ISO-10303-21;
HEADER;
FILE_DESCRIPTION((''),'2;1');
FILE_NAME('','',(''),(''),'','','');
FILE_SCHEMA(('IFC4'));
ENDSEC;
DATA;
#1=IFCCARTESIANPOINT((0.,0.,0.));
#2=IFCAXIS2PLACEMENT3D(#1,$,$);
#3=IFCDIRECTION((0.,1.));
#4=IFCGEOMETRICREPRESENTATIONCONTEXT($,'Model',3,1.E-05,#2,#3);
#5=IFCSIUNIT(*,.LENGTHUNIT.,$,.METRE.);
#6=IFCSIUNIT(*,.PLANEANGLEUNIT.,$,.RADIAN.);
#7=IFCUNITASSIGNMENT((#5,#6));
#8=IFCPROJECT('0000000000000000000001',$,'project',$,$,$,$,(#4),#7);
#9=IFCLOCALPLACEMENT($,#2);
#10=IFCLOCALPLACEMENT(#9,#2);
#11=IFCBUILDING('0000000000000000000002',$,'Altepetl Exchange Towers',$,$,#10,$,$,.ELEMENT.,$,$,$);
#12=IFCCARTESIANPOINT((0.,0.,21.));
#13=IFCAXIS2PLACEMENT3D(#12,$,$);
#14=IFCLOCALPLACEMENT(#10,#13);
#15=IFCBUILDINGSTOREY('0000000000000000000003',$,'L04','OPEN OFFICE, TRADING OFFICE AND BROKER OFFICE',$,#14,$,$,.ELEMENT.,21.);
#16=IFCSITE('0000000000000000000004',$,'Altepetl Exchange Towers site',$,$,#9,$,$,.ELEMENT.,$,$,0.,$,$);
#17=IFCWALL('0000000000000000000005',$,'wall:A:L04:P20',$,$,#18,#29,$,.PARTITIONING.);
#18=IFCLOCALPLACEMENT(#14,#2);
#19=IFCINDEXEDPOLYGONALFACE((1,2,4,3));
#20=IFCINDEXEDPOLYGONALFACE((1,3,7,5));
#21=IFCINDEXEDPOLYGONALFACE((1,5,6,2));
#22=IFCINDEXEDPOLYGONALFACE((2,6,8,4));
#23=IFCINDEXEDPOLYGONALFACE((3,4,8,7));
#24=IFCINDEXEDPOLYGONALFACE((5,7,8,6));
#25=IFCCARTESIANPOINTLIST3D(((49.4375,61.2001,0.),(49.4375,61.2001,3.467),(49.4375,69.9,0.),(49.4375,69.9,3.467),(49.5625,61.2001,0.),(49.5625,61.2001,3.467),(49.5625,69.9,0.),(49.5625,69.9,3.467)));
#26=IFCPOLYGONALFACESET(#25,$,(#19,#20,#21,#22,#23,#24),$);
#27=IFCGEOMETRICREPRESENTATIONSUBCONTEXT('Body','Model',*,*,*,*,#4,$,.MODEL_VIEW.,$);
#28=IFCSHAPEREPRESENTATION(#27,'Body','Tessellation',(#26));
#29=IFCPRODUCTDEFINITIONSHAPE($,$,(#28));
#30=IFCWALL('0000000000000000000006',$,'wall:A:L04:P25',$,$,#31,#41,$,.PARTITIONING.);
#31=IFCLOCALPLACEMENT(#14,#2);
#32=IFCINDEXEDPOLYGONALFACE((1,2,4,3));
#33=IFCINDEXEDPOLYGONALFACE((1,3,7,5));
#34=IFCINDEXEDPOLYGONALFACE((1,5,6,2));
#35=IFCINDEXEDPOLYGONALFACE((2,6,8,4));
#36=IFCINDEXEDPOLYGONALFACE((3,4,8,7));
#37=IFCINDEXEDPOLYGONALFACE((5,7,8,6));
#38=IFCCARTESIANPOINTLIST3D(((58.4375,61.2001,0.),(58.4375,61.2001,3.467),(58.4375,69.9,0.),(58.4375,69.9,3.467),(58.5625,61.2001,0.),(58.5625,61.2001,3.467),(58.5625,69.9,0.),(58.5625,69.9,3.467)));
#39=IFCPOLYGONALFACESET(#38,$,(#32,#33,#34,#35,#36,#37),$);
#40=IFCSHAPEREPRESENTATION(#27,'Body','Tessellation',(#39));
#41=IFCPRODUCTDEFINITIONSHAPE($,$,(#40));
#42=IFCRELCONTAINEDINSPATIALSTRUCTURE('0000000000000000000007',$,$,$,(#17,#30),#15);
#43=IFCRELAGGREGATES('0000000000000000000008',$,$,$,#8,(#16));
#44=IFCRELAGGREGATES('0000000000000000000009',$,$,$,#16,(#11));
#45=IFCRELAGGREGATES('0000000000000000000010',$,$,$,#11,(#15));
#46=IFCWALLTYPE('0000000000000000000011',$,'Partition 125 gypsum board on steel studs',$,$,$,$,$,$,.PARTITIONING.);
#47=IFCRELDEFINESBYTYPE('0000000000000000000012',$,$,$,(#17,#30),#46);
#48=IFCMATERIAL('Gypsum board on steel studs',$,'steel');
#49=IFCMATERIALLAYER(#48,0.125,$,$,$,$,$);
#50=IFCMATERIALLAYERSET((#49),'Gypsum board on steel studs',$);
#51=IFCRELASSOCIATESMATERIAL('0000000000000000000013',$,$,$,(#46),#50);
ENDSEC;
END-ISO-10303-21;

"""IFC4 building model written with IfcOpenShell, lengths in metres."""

from ifc_helpers import new_model, si_unit, direction, frame, frame_2d, origin, place, context, subcontext, project, spatial, rectangle, extrude, material, layer, layer_set, type_object, element, save


model = new_model("IFC4")

# Units and contexts
model_context = context("Model", 3, precision=1e-05, world=origin(), true_north=direction((0.0, 1.0)))
body_context = subcontext(model_context, "Body", "Model", "MODEL_VIEW")
ifc_project = project(units=[si_unit("LENGTHUNIT", "METRE"), si_unit("PLANEANGLEUNIT", "RADIAN")], contexts=[model_context])

# Site, building, storey
site_placement = place(None, origin())
site = spatial("IfcSite", under=ifc_project, at=site_placement, Name="Altepetl Exchange Towers site", CompositionType="ELEMENT", RefElevation=0.0)
building_placement = place(site_placement, origin())
building = spatial("IfcBuilding", under=site, at=building_placement, Name="Altepetl Exchange Towers", CompositionType="ELEMENT")
storey_placement = place(building_placement, frame((0.0, 0.0, 21.0)))
storey = spatial("IfcBuildingStorey", under=building, at=storey_placement, Name="L04", Description="OPEN OFFICE, TRADING OFFICE AND BROKER OFFICE", CompositionType="ELEMENT", Elevation=21.0)

# Walls
ifc_material_1 = material(Name="Gypsum board on steel studs", Category="steel")
ifc_layer_1 = layer(ifc_material_1, 0.125)
ifc_layer_set_1 = layer_set([ifc_layer_1], Name="Gypsum board on steel studs")
wall_type = type_object("IfcWallType", Name="Partition 125 gypsum board on steel studs", PredefinedType="PARTITIONING", material=ifc_layer_set_1)
for number, where, z_axis, x_axis, name in (
    (1, (49.5, 61.2, 0.0), (0.0, 0.0, 1.0), (0.0, 1.0, 0.0), "wall:A:L04:P20"),
    (2, (58.5, 61.2, 0.0), (0.0, 0.0, 1.0), (0.0, 1.0, 0.0), "wall:A:L04:P25"),
):
    element("IfcWall", number, at=place(storey_placement, frame(where, z_axis=z_axis, x_axis=x_axis)), inside=storey, type_object=wall_type, Name=name, PredefinedType="PARTITIONING", context=body_context, shape_type="SweptSolid", body=[
        extrude(rectangle(XDim=8.7, YDim=0.125, at=frame_2d((4.3501, 0.0))), origin(), (0.0, 0.0, 1.0), 3.467),
    ])

save(model, "model.ifc")
